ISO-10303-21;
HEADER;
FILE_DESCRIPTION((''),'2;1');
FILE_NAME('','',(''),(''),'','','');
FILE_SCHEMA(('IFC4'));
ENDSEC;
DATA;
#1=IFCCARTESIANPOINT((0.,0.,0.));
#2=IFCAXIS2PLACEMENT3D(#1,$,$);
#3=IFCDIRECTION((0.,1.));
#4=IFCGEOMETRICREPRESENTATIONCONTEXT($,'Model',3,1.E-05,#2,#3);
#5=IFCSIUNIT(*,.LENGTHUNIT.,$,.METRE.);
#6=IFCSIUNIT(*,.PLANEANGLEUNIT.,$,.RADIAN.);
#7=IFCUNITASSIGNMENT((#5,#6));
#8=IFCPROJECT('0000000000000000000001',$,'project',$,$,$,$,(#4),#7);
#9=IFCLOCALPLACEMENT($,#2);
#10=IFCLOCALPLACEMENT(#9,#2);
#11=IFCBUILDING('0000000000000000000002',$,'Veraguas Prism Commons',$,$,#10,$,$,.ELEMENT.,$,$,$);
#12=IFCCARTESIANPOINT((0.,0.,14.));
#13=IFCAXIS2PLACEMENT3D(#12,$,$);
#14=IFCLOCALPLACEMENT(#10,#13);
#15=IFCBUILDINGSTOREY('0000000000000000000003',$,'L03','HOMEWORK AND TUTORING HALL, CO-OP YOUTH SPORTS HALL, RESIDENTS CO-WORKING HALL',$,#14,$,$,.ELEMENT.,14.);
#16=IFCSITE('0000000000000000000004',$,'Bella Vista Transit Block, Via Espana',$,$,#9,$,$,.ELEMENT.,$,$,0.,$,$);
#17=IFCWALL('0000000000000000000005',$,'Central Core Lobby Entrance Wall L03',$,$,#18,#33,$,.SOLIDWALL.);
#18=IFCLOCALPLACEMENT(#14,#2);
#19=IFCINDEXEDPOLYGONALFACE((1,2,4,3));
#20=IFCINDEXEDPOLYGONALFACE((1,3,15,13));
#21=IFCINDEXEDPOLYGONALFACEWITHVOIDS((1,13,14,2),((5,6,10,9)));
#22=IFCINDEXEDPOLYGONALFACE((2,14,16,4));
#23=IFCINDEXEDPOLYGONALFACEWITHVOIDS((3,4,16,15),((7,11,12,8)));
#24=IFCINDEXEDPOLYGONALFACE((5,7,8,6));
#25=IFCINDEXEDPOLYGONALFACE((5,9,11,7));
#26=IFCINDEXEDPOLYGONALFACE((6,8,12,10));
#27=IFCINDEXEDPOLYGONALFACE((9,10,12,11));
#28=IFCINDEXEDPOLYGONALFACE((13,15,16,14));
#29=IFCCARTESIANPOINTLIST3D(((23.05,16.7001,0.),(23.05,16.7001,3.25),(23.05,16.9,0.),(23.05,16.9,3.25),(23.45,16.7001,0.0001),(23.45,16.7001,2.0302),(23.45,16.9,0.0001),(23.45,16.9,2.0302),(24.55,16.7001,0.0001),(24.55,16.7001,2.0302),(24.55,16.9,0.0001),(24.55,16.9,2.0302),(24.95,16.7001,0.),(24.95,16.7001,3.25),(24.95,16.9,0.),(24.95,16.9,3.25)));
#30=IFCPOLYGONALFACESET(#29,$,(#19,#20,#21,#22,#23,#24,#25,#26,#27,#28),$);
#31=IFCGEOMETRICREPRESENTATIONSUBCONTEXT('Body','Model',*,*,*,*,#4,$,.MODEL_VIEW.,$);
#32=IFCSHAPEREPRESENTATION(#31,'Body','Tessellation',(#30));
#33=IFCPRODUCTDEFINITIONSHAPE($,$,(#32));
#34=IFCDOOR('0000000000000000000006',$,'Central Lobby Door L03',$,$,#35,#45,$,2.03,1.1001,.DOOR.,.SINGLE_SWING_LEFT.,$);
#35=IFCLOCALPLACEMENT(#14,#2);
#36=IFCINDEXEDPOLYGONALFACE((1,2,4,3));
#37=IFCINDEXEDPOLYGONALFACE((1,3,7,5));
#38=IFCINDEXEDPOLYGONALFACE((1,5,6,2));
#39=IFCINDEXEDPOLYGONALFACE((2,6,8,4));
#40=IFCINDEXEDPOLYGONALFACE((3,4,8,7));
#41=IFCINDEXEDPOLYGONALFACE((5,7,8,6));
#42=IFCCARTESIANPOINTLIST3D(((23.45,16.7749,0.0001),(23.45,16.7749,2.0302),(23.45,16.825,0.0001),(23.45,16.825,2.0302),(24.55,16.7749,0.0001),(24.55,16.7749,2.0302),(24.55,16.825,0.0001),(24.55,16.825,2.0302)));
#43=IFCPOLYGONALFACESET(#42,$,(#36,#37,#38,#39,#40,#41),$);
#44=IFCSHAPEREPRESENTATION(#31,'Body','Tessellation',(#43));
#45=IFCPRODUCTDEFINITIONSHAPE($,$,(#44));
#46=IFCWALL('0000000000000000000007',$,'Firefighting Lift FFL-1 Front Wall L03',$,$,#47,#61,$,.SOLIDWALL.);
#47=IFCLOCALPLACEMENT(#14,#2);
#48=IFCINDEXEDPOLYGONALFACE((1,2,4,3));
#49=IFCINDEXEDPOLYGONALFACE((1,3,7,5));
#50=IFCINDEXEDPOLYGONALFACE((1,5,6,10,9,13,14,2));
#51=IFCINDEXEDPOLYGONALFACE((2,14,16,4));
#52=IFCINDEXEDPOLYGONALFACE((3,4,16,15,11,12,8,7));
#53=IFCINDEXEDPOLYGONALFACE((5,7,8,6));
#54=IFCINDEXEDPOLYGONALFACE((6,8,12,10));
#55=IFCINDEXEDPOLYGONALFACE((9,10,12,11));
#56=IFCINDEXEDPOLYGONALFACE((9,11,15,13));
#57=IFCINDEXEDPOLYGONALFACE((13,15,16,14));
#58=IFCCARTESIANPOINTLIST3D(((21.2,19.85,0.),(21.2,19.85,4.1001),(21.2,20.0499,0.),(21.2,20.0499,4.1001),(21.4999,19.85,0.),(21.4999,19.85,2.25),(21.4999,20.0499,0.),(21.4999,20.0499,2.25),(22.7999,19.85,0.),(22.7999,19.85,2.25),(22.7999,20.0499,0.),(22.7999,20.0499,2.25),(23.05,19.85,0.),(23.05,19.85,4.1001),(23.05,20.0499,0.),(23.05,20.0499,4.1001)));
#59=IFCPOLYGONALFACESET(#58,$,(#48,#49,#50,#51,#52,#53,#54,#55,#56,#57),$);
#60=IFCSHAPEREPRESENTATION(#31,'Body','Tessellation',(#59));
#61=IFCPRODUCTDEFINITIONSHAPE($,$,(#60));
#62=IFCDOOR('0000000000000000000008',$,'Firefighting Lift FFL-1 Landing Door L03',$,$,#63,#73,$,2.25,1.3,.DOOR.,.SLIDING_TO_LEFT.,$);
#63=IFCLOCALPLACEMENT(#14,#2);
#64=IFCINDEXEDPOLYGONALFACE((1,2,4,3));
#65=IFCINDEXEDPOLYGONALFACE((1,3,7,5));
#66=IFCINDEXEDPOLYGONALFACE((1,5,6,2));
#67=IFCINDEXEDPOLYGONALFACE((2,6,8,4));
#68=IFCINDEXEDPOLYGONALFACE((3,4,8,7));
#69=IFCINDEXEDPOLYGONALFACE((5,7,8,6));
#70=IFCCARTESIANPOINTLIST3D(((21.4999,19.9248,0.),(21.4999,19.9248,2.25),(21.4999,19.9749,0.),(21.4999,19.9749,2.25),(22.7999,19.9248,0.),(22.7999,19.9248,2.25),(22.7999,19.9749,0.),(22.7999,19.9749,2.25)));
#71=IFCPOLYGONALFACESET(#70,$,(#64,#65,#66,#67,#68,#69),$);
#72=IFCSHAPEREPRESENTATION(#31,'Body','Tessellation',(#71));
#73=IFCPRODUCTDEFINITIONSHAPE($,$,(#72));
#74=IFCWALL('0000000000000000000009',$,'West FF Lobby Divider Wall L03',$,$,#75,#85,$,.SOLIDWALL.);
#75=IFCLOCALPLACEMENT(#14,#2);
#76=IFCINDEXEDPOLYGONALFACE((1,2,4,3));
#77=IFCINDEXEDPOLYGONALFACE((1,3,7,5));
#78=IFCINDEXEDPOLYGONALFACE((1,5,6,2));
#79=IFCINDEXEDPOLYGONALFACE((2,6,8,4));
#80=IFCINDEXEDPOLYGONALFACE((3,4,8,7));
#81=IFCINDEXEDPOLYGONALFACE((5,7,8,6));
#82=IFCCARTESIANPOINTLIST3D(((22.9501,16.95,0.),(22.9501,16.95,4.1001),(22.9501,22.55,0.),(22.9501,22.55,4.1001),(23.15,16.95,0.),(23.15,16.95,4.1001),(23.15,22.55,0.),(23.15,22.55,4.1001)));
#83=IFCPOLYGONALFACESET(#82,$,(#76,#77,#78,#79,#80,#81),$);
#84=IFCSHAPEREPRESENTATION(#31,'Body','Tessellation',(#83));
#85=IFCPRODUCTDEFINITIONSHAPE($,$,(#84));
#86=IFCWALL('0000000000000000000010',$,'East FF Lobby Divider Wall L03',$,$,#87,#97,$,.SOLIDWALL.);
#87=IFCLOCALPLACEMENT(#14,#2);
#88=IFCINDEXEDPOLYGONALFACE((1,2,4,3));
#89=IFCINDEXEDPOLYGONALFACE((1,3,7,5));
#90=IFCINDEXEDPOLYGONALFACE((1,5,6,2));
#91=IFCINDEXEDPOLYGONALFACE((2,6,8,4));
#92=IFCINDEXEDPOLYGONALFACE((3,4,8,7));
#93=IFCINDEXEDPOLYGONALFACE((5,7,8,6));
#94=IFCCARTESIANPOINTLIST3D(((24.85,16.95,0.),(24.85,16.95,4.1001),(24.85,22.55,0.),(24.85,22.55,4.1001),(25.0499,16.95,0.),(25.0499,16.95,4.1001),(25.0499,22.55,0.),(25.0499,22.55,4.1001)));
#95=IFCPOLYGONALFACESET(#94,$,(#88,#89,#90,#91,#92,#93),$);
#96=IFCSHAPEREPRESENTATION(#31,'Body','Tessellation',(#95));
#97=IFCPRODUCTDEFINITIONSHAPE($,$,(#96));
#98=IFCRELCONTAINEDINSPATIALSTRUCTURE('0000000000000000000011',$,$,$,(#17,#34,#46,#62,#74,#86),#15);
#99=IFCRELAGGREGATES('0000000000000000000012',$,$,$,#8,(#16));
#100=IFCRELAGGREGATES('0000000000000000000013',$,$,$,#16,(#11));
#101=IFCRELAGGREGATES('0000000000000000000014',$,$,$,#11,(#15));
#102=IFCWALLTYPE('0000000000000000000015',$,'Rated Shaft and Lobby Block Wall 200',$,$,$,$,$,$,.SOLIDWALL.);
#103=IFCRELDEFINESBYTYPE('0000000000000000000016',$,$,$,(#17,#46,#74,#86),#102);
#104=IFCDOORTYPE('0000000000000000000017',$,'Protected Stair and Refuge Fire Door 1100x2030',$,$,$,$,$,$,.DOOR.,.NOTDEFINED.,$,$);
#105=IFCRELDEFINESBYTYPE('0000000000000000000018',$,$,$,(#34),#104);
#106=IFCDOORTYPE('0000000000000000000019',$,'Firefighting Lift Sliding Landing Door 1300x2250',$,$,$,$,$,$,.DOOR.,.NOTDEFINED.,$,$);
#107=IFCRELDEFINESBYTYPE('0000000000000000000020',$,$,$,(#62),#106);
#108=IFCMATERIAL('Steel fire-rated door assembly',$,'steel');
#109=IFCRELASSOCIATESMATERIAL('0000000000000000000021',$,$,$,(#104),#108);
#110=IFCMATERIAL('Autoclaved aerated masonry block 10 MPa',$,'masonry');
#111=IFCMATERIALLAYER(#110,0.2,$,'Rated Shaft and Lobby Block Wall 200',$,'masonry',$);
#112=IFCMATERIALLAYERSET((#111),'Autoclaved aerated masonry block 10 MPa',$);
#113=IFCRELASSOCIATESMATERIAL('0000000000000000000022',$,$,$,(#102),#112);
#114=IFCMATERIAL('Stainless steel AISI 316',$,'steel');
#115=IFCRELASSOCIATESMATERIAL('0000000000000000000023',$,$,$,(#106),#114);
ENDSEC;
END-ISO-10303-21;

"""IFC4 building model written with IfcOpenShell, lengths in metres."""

from ifc_helpers import new_model, si_unit, direction, frame, frame_2d, origin, place, context, subcontext, project, spatial, rectangle, extrude, source, transform, mapped, material, layer, layer_set, type_object, element, fill, save


model = new_model("IFC4")

# Units and contexts
model_context = context("Model", 3, precision=1e-05, world=origin(), true_north=direction((0.0, 1.0)))
body_context = subcontext(model_context, "Body", "Model", "MODEL_VIEW")
ifc_project = project(units=[si_unit("LENGTHUNIT", "METRE"), si_unit("PLANEANGLEUNIT", "RADIAN")], contexts=[model_context])

# Site, building, storey
site_placement = place(None, origin())
site = spatial("IfcSite", under=ifc_project, at=site_placement, Name="Bella Vista Transit Block, Via Espana", CompositionType="ELEMENT", RefElevation=0.0)
building_placement = place(site_placement, origin())
building = spatial("IfcBuilding", under=site, at=building_placement, Name="Veraguas Prism Commons", CompositionType="ELEMENT")
storey_placement = place(building_placement, frame((0.0, 0.0, 14.0)))
storey = spatial("IfcBuildingStorey", under=building, at=storey_placement, Name="L03", Description="HOMEWORK AND TUTORING HALL, CO-OP YOUTH SPORTS HALL, RESIDENTS CO-WORKING HALL", CompositionType="ELEMENT", Elevation=14.0)

# Shared definitions
ifc_material_1 = material(Name="Steel fire-rated door assembly", Category="steel")
door_type_1 = type_object("IfcDoorType", Name="Protected Stair and Refuge Fire Door 1100x2030", OperationType="NOTDEFINED", PredefinedType="DOOR", material=ifc_material_1)
shared_shape_1 = source(origin(), body_context, "Body", "SweptSolid", [
    extrude(rectangle(XDim=1.1001, YDim=2.03, at=frame_2d((0.55, 1.0151))), frame((0.0, 0.0249, 0.0), z_axis=(0.0, -1.0, 0.0), x_axis=(1.0, 0.0, 0.0)), (0.0, 0.0, 1.0), 0.05),
])

# Shared definitions
ifc_material_2 = material(Name="Autoclaved aerated masonry block 10 MPa", Category="masonry")

# Walls, openings, doors
ifc_layer_1 = layer(ifc_material_2, 0.2, Name="Rated Shaft and Lobby Block Wall 200", Category="masonry")
ifc_layer_set_1 = layer_set([ifc_layer_1], Name="Autoclaved aerated masonry block 10 MPa")
wall_type_1 = type_object("IfcWallType", Name="Rated Shaft and Lobby Block Wall 200", PredefinedType="SOLIDWALL", material=ifc_layer_set_1)
wall_1_placement = place(storey_placement, frame((23.05, 16.8, 0.0), z_axis=(0.0, 0.0, 1.0), x_axis=(1.0, 0.0, 0.0)))
wall_1 = element("IfcWall", 1, at=wall_1_placement, inside=storey, type_object=wall_type_1, Name="Central Core Lobby Entrance Wall L03", PredefinedType="SOLIDWALL", context=body_context, shape_type="SweptSolid", body=[
    extrude(rectangle(XDim=1.8999, YDim=0.2, at=frame_2d((0.95, 0.0))), origin(), (0.0, 0.0, 1.0), 3.25),
])
opening_1_placement = place(wall_1_placement, frame((0.3999, 0.0, 0.0)))
opening_1 = element("IfcOpeningElement", 2, at=opening_1_placement, cuts=wall_1, PredefinedType="OPENING", context=body_context, shape_type="SweptSolid", body=[
    extrude(rectangle(XDim=1.1001, YDim=2.03, at=frame_2d((0.55, 1.0151))), frame((0.0, 0.1099, 0.0), z_axis=(0.0, -1.0, 0.0), x_axis=(1.0, 0.0, 0.0)), (0.0, 0.0, 1.0), 0.22),
])
door_1_placement = place(opening_1_placement, origin())
door_1 = element("IfcDoor", 3, at=door_1_placement, inside=storey, type_object=door_type_1, Name="Central Lobby Door L03", OperationType="SINGLE_SWING_LEFT", OverallHeight=2.03, OverallWidth=1.1001, PredefinedType="DOOR", context=body_context, shape_type="MappedRepresentation", body=[
    mapped(shared_shape_1, transform((0.0, 0.0, 0.0), scale=1.0)),
])
fill(opening_1, door_1)
wall_2_placement = place(storey_placement, frame((21.2, 19.95, 0.0), z_axis=(0.0, 0.0, 1.0), x_axis=(1.0, 0.0, 0.0)))
wall_2 = element("IfcWall", 4, at=wall_2_placement, inside=storey, type_object=wall_type_1, Name="Firefighting Lift FFL-1 Front Wall L03", PredefinedType="SOLIDWALL", context=body_context, shape_type="SweptSolid", body=[
    extrude(rectangle(XDim=1.8501, YDim=0.2, at=frame_2d((0.925, 0.0))), origin(), (0.0, 0.0, 1.0), 4.1001),
])
opening_2_placement = place(wall_2_placement, frame((0.3, 0.0, 0.0)))
opening_2 = element("IfcOpeningElement", 5, at=opening_2_placement, cuts=wall_2, PredefinedType="OPENING", context=body_context, shape_type="SweptSolid", body=[
    extrude(rectangle(XDim=1.3, YDim=2.25, at=frame_2d((0.6499, 1.125))), frame((0.0, 0.1099, 0.0), z_axis=(0.0, -1.0, 0.0), x_axis=(1.0, 0.0, 0.0)), (0.0, 0.0, 1.0), 0.22),
])
ifc_material_3 = material(Name="Stainless steel AISI 316", Category="steel")
door_type_2 = type_object("IfcDoorType", Name="Firefighting Lift Sliding Landing Door 1300x2250", OperationType="NOTDEFINED", PredefinedType="DOOR", material=ifc_material_3)
shared_shape_2 = source(origin(), body_context, "Body", "SweptSolid", [
    extrude(rectangle(XDim=1.3, YDim=2.25, at=frame_2d((0.6499, 1.125))), frame((0.0, 0.0249, 0.0), z_axis=(0.0, -1.0, 0.0), x_axis=(1.0, 0.0, 0.0)), (0.0, 0.0, 1.0), 0.05),
])
door_2_placement = place(opening_2_placement, origin())
door_2 = element("IfcDoor", 6, at=door_2_placement, inside=storey, type_object=door_type_2, Name="Firefighting Lift FFL-1 Landing Door L03", OperationType="SLIDING_TO_LEFT", OverallHeight=2.25, OverallWidth=1.3, PredefinedType="DOOR", context=body_context, shape_type="MappedRepresentation", body=[
    mapped(shared_shape_2, transform((0.0, 0.0, 0.0), scale=1.0)),
])
fill(opening_2, door_2)

# Walls
for number, where, z_axis, x_axis, name in (
    (7, (23.05, 16.95, 0.0), (0.0, 0.0, 1.0), (0.0, 1.0, 0.0), "West FF Lobby Divider Wall L03"),
    (8, (24.95, 16.95, 0.0), (0.0, 0.0, 1.0), (0.0, 1.0, 0.0), "East FF Lobby Divider Wall L03"),
):
    element("IfcWall", number, at=place(storey_placement, frame(where, z_axis=z_axis, x_axis=x_axis)), inside=storey, type_object=wall_type_1, Name=name, PredefinedType="SOLIDWALL", context=body_context, shape_type="SweptSolid", body=[
        extrude(rectangle(XDim=5.6001, YDim=0.2, at=frame_2d((2.8, 0.0))), origin(), (0.0, 0.0, 1.0), 4.1001),
    ])

save(model, "model.ifc")
